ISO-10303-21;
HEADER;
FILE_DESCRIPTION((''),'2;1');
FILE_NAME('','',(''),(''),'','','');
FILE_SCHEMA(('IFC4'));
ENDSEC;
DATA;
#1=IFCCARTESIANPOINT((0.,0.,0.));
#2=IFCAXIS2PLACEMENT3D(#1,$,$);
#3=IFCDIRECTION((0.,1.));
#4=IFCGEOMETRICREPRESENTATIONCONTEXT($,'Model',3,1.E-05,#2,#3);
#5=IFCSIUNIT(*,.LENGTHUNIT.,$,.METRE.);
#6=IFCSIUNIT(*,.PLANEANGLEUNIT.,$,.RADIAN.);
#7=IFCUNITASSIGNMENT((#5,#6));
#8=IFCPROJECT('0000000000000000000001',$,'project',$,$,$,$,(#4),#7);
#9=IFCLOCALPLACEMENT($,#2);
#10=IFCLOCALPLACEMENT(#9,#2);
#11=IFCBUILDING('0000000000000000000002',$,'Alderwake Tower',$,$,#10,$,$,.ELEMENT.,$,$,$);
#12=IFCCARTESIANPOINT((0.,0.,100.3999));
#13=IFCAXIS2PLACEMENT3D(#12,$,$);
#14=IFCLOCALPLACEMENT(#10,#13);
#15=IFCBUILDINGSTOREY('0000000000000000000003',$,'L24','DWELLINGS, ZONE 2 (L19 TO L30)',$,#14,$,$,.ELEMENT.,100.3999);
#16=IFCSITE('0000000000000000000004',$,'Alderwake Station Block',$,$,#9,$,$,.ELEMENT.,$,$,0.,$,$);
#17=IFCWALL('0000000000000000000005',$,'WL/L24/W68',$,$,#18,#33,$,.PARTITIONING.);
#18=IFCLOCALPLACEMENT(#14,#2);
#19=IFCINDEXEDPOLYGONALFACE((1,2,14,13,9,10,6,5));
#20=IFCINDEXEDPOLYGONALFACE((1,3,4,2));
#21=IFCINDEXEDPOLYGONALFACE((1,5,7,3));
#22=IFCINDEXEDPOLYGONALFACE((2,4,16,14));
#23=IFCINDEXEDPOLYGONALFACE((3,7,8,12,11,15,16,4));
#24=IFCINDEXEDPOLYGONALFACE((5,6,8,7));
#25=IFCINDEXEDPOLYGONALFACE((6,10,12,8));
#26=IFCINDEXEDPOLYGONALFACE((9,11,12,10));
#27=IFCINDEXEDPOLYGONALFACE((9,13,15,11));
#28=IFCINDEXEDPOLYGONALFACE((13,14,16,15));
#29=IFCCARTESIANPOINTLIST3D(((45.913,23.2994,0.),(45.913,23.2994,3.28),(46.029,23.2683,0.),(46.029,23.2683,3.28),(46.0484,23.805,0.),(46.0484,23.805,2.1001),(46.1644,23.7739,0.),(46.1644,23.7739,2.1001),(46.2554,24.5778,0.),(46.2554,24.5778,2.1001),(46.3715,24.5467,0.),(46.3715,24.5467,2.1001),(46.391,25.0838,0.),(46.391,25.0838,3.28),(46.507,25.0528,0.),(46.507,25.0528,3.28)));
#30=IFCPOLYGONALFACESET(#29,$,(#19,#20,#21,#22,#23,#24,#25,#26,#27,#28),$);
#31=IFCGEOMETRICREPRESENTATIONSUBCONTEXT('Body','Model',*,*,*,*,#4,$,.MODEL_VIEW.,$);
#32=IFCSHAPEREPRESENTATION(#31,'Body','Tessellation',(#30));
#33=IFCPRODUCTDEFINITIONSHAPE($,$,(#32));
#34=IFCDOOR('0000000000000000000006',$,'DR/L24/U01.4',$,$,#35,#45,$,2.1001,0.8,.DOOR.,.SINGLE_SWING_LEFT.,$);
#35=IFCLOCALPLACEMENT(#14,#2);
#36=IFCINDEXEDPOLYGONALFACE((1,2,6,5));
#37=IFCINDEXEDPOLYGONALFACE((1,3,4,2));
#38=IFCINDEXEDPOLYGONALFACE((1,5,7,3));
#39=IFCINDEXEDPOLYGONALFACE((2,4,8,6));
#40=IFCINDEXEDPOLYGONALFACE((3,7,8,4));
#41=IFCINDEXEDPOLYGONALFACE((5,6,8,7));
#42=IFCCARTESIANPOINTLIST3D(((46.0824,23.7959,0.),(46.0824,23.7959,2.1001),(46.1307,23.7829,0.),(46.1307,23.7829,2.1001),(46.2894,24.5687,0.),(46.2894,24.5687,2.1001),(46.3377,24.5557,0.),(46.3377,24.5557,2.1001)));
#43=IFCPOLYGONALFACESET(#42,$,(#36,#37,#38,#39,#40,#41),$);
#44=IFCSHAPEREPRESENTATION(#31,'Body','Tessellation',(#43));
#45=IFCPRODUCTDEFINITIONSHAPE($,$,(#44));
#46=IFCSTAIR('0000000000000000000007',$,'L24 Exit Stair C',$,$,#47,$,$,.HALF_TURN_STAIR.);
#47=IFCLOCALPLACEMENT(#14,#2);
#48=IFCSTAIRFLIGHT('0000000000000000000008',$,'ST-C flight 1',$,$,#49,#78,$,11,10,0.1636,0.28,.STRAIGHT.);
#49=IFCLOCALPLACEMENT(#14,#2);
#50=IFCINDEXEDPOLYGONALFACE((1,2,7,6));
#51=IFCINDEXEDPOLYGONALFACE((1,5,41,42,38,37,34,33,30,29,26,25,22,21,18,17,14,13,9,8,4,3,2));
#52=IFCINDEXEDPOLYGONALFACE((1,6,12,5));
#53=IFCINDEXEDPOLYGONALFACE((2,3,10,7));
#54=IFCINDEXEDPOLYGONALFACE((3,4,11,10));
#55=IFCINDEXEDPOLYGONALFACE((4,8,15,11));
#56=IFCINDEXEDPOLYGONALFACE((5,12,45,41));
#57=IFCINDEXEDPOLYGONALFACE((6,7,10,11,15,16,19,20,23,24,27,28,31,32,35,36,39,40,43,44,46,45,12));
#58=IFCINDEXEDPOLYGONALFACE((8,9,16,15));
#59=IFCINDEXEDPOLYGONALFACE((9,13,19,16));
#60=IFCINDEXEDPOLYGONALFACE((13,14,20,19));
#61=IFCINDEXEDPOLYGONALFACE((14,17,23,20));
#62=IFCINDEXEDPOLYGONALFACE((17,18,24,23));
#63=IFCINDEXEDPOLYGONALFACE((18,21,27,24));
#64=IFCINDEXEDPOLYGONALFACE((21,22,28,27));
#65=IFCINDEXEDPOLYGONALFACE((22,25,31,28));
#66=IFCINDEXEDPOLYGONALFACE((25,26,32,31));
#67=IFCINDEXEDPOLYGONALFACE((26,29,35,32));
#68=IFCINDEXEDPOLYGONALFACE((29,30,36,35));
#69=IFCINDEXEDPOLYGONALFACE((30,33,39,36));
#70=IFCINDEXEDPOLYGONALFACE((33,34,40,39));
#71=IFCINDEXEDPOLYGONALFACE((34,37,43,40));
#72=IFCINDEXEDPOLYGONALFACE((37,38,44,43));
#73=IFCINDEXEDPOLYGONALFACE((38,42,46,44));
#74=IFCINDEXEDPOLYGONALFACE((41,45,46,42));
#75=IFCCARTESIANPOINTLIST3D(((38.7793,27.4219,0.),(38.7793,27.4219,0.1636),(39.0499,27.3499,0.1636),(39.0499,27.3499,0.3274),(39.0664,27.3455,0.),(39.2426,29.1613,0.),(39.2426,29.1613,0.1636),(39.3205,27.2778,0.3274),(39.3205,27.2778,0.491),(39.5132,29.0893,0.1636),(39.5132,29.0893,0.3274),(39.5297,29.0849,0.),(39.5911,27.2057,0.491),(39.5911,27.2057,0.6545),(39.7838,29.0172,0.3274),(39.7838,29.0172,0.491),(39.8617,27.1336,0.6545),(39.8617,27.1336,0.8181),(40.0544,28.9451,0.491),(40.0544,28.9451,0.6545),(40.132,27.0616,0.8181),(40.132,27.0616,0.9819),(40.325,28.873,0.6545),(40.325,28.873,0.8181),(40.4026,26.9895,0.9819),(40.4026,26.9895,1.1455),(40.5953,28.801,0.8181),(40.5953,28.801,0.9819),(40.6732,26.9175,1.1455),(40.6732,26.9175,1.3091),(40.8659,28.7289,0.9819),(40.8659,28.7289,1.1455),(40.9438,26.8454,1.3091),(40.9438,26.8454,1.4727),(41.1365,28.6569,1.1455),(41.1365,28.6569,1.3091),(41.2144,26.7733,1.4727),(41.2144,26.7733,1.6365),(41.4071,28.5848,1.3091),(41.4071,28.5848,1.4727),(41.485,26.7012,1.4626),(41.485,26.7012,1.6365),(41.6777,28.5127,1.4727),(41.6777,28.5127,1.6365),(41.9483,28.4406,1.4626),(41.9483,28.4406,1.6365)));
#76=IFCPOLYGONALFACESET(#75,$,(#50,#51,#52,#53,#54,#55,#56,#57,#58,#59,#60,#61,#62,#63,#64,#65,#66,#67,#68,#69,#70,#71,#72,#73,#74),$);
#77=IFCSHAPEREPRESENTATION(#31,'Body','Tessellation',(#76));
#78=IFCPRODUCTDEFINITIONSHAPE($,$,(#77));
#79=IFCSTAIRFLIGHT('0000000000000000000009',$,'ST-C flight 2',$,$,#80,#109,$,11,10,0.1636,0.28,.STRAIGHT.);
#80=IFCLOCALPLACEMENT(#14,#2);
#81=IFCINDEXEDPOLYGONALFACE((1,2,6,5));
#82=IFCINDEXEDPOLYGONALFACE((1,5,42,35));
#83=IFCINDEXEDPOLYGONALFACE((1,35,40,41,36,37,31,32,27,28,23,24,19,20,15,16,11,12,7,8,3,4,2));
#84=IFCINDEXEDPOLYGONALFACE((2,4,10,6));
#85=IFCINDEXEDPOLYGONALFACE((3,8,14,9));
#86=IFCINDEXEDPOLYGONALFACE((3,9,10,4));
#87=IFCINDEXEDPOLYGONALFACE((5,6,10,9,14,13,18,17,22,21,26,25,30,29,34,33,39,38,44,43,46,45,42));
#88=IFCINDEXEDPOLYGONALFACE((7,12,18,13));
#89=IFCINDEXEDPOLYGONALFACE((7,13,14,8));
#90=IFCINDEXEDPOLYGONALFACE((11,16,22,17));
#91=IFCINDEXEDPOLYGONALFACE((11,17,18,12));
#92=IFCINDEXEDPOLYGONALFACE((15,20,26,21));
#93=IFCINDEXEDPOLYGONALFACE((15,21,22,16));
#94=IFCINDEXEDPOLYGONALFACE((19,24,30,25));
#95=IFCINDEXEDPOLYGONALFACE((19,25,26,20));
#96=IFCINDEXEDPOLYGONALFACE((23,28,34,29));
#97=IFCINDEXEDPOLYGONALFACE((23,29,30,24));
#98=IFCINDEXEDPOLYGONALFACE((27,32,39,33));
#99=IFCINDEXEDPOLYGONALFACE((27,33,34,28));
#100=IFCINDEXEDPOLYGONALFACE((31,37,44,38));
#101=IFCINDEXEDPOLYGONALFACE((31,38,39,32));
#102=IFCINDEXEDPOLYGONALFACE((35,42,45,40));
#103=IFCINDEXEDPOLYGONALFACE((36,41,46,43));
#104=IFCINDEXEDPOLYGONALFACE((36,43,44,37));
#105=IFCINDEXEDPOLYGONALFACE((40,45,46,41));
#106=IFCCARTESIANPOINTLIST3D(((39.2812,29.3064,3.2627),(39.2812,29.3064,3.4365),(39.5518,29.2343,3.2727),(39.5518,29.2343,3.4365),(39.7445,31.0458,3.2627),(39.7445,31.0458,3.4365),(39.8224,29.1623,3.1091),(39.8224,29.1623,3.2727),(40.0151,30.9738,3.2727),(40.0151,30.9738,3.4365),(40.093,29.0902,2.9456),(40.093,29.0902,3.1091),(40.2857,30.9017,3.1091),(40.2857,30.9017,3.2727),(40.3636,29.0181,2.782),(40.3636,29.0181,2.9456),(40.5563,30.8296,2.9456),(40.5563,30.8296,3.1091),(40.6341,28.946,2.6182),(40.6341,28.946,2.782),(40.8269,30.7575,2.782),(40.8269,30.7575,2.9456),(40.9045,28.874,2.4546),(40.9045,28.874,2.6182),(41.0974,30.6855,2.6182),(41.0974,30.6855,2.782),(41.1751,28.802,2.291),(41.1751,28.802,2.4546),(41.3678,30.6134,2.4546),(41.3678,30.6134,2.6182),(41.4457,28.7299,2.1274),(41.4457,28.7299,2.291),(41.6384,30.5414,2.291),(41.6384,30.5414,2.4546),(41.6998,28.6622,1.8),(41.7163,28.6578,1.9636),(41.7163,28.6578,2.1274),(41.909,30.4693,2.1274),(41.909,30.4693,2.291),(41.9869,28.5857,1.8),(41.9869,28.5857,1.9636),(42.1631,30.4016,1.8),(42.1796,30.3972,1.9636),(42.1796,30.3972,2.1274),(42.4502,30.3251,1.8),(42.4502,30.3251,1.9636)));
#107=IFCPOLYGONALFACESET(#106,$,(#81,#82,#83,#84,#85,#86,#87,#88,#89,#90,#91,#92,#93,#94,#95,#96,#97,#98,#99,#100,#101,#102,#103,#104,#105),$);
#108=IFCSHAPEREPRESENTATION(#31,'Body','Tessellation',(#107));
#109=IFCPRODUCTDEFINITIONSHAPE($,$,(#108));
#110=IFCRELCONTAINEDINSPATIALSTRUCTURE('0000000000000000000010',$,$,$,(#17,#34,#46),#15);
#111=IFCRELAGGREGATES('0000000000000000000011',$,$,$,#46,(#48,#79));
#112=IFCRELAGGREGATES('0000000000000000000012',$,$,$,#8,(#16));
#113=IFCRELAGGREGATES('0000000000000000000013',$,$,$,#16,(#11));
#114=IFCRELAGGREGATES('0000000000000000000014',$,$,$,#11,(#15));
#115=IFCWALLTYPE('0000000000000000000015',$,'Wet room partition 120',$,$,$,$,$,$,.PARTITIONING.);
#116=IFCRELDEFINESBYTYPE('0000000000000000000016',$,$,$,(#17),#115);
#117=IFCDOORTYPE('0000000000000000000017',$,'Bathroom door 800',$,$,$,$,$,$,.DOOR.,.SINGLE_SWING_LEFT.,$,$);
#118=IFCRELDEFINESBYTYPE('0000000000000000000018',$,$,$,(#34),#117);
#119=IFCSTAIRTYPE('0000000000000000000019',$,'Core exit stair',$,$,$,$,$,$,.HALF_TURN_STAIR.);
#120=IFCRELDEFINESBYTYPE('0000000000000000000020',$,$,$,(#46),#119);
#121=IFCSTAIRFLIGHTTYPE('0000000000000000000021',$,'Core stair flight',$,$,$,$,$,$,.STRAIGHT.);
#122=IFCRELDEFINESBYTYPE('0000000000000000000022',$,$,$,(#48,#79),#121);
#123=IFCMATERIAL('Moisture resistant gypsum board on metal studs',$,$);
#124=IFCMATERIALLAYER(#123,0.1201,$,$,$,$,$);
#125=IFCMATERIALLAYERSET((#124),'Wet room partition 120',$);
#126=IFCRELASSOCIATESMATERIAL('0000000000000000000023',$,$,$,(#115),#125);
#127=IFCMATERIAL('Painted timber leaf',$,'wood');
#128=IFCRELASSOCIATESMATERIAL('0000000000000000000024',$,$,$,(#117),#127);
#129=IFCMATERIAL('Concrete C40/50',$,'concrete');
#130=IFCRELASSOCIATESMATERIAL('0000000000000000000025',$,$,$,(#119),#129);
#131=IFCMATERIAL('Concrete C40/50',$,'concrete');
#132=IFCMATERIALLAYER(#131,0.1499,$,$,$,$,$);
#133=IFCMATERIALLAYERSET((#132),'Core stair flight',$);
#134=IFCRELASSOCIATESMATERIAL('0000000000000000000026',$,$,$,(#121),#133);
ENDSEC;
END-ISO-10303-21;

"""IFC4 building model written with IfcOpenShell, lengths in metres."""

from ifc_helpers import new_model, si_unit, direction, frame, frame_2d, origin, place, context, subcontext, project, spatial, polyline, rectangle, outline, extrude, material, layer, layer_set, type_object, element, fill, aggregate, save


model = new_model("IFC4")

# Units and contexts
model_context = context("Model", 3, precision=1e-05, world=origin(), true_north=direction((0.0, 1.0)))
body_context = subcontext(model_context, "Body", "Model", "MODEL_VIEW")
ifc_project = project(units=[si_unit("LENGTHUNIT", "METRE"), si_unit("PLANEANGLEUNIT", "RADIAN")], contexts=[model_context])

# Site, building, storey
site_placement = place(None, origin())
site = spatial("IfcSite", under=ifc_project, at=site_placement, Name="Alderwake Station Block", CompositionType="ELEMENT", RefElevation=0.0)
building_placement = place(site_placement, origin())
building = spatial("IfcBuilding", under=site, at=building_placement, Name="Alderwake Tower", CompositionType="ELEMENT")
storey_placement = place(building_placement, frame((0.0, 0.0, 100.3999)))
storey = spatial("IfcBuildingStorey", under=building, at=storey_placement, Name="L24", Description="DWELLINGS, ZONE 2 (L19 TO L30)", CompositionType="ELEMENT", Elevation=100.3999)

# Shared definitions
ifc_material_1 = material(Name="Moisture resistant gypsum board on metal studs")
ifc_layer_1 = layer(ifc_material_1, 0.1201)
ifc_layer_set_1 = layer_set([ifc_layer_1], Name="Wet room partition 120")
wall_type_1 = type_object("IfcWallType", Name="Wet room partition 120", PredefinedType="PARTITIONING", material=ifc_layer_set_1)

# Shared definitions
ifc_material_2 = material(Name="Painted timber leaf", Category="wood")
door_type_1 = type_object("IfcDoorType", Name="Bathroom door 800", OperationType="SINGLE_SWING_LEFT", PredefinedType="DOOR", material=ifc_material_2)

# Wall, opening, door
wall_1_placement = place(storey_placement, frame((45.9709, 23.2837, 0.0), z_axis=(0.0, 0.0, 1.0), x_axis=(0.258765, 0.96594, 0.0)))
wall_1 = element("IfcWall", 1, at=wall_1_placement, inside=storey, type_object=wall_type_1, Name="WL/L24/W68", PredefinedType="PARTITIONING", context=body_context, shape_type="SweptSolid", body=[
    extrude(rectangle(XDim=1.8474, YDim=0.1201, at=frame_2d((0.9238, 0.0))), origin(), (0.0, 0.0, 1.0), 3.28),
])
opening_1_placement = place(wall_1_placement, frame((0.5237, 0.0, 0.0)))
opening_1 = element("IfcOpeningElement", 2, at=opening_1_placement, cuts=wall_1, PredefinedType="OPENING", context=body_context, shape_type="SweptSolid", body=[
    extrude(rectangle(XDim=0.8, YDim=2.1001, at=frame_2d((0.3999, 1.05))), frame((0.0, 0.0701, 0.0), z_axis=(0.0, -1.0, 0.0), x_axis=(1.0, 0.0, 0.0)), (0.0, 0.0, 1.0), 0.1401),
])
door_1_placement = place(opening_1_placement, origin())
door_1 = element("IfcDoor", 3, at=door_1_placement, inside=storey, type_object=door_type_1, Name="DR/L24/U01.4", OperationType="SINGLE_SWING_LEFT", OverallHeight=2.1001, OverallWidth=0.8, PredefinedType="DOOR", context=body_context, shape_type="SweptSolid", body=[
    extrude(rectangle(XDim=0.8, YDim=2.1001, at=frame_2d((0.3999, 1.05))), frame((0.0, 0.0249, 0.0), z_axis=(0.0, -1.0, 0.0), x_axis=(1.0, 0.0, 0.0)), (0.0, 0.0, 1.0), 0.05),
])
fill(opening_1, door_1)

# Stair, stair flights
ifc_material_3 = material(Name="Concrete C40/50", Category="concrete")
stair_type = type_object("IfcStairType", Name="Core exit stair", PredefinedType="HALF_TURN_STAIR", material=ifc_material_3)
stair_placement = place(storey_placement, origin())
stair = element("IfcStair", 4, at=stair_placement, inside=storey, type_object=stair_type, Name="L24 Exit Stair C", PredefinedType="HALF_TURN_STAIR")
ifc_material_4 = material(Name="Concrete C40/50", Category="concrete")
ifc_layer_2 = layer(ifc_material_4, 0.1499)
ifc_layer_set_2 = layer_set([ifc_layer_2], Name="Core stair flight")
stair_flight_type = type_object("IfcStairFlightType", Name="Core stair flight", PredefinedType="STRAIGHT", material=ifc_layer_set_2)
stair_flight_1_placement = place(storey_placement, frame((39.011, 28.2917, 0.0), z_axis=(0.0, 0.0, 1.0), x_axis=(0.96631, -0.257382, 0.0)))
stair_flight_1 = element("IfcStairFlight", 5, at=stair_flight_1_placement, type_object=stair_flight_type, Name="ST-C flight 1", NumberOfRisers=11, NumberOfTreads=10, PredefinedType="STRAIGHT", RiserHeight=0.1636, TreadLength=0.28, context=body_context, shape_type="SweptSolid", body=[
    extrude(outline(polyline([(0.0, 0.0), (0.0, 0.1636), (0.28, 0.1636), (0.28, 0.3274), (0.5601, 0.3274), (0.5601, 0.491), (0.8401, 0.491), (0.8401, 0.6545), (1.1201, 0.6545), (1.1201, 0.8181), (1.3999, 0.8181), (1.3999, 0.9819), (1.6799, 0.9819), (1.6799, 1.1455), (1.96, 1.1455), (1.96, 1.3091), (2.24, 1.3091), (2.24, 1.4727), (2.52, 1.4727), (2.52, 1.6365), (2.8, 1.6365), (2.8, 1.8), (2.8, 1.4626), (0.2971, 0.0), (0.0, 0.0)])), frame((0.0, 0.8999, 0.0), z_axis=(0.0, -1.0, 0.0), x_axis=(1.0, 0.0, 0.0)), (0.0, 0.0, 1.0), 1.8),
])
stair_flight_2_placement = place(storey_placement, frame((42.2185, 29.4553, 1.8), z_axis=(0.0, 0.0, 1.0), x_axis=(-0.96631, 0.257382, 0.0)))
stair_flight_2 = element("IfcStairFlight", 6, at=stair_flight_2_placement, type_object=stair_flight_type, Name="ST-C flight 2", NumberOfRisers=11, NumberOfTreads=10, PredefinedType="STRAIGHT", RiserHeight=0.1636, TreadLength=0.28, context=body_context, shape_type="SweptSolid", body=[
    extrude(outline(polyline([(0.0, 0.0), (0.0, 0.1636), (0.28, 0.1636), (0.28, 0.3274), (0.5601, 0.3274), (0.5601, 0.491), (0.8401, 0.491), (0.8401, 0.6545), (1.1201, 0.6545), (1.1201, 0.8181), (1.3999, 0.8181), (1.3999, 0.9819), (1.6799, 0.9819), (1.6799, 1.1455), (1.96, 1.1455), (1.96, 1.3091), (2.24, 1.3091), (2.24, 1.4727), (2.52, 1.4727), (2.52, 1.6365), (2.8, 1.6365), (2.8, 1.8), (2.8, 1.4626), (0.2971, 0.0), (0.0, 0.0)])), frame((0.0, 0.8999, 0.0), z_axis=(0.0, -1.0, 0.0), x_axis=(1.0, 0.0, 0.0)), (0.0, 0.0, 1.0), 1.8),
])
aggregate(stair, [stair_flight_1, stair_flight_2])

save(model, "model.ifc")
